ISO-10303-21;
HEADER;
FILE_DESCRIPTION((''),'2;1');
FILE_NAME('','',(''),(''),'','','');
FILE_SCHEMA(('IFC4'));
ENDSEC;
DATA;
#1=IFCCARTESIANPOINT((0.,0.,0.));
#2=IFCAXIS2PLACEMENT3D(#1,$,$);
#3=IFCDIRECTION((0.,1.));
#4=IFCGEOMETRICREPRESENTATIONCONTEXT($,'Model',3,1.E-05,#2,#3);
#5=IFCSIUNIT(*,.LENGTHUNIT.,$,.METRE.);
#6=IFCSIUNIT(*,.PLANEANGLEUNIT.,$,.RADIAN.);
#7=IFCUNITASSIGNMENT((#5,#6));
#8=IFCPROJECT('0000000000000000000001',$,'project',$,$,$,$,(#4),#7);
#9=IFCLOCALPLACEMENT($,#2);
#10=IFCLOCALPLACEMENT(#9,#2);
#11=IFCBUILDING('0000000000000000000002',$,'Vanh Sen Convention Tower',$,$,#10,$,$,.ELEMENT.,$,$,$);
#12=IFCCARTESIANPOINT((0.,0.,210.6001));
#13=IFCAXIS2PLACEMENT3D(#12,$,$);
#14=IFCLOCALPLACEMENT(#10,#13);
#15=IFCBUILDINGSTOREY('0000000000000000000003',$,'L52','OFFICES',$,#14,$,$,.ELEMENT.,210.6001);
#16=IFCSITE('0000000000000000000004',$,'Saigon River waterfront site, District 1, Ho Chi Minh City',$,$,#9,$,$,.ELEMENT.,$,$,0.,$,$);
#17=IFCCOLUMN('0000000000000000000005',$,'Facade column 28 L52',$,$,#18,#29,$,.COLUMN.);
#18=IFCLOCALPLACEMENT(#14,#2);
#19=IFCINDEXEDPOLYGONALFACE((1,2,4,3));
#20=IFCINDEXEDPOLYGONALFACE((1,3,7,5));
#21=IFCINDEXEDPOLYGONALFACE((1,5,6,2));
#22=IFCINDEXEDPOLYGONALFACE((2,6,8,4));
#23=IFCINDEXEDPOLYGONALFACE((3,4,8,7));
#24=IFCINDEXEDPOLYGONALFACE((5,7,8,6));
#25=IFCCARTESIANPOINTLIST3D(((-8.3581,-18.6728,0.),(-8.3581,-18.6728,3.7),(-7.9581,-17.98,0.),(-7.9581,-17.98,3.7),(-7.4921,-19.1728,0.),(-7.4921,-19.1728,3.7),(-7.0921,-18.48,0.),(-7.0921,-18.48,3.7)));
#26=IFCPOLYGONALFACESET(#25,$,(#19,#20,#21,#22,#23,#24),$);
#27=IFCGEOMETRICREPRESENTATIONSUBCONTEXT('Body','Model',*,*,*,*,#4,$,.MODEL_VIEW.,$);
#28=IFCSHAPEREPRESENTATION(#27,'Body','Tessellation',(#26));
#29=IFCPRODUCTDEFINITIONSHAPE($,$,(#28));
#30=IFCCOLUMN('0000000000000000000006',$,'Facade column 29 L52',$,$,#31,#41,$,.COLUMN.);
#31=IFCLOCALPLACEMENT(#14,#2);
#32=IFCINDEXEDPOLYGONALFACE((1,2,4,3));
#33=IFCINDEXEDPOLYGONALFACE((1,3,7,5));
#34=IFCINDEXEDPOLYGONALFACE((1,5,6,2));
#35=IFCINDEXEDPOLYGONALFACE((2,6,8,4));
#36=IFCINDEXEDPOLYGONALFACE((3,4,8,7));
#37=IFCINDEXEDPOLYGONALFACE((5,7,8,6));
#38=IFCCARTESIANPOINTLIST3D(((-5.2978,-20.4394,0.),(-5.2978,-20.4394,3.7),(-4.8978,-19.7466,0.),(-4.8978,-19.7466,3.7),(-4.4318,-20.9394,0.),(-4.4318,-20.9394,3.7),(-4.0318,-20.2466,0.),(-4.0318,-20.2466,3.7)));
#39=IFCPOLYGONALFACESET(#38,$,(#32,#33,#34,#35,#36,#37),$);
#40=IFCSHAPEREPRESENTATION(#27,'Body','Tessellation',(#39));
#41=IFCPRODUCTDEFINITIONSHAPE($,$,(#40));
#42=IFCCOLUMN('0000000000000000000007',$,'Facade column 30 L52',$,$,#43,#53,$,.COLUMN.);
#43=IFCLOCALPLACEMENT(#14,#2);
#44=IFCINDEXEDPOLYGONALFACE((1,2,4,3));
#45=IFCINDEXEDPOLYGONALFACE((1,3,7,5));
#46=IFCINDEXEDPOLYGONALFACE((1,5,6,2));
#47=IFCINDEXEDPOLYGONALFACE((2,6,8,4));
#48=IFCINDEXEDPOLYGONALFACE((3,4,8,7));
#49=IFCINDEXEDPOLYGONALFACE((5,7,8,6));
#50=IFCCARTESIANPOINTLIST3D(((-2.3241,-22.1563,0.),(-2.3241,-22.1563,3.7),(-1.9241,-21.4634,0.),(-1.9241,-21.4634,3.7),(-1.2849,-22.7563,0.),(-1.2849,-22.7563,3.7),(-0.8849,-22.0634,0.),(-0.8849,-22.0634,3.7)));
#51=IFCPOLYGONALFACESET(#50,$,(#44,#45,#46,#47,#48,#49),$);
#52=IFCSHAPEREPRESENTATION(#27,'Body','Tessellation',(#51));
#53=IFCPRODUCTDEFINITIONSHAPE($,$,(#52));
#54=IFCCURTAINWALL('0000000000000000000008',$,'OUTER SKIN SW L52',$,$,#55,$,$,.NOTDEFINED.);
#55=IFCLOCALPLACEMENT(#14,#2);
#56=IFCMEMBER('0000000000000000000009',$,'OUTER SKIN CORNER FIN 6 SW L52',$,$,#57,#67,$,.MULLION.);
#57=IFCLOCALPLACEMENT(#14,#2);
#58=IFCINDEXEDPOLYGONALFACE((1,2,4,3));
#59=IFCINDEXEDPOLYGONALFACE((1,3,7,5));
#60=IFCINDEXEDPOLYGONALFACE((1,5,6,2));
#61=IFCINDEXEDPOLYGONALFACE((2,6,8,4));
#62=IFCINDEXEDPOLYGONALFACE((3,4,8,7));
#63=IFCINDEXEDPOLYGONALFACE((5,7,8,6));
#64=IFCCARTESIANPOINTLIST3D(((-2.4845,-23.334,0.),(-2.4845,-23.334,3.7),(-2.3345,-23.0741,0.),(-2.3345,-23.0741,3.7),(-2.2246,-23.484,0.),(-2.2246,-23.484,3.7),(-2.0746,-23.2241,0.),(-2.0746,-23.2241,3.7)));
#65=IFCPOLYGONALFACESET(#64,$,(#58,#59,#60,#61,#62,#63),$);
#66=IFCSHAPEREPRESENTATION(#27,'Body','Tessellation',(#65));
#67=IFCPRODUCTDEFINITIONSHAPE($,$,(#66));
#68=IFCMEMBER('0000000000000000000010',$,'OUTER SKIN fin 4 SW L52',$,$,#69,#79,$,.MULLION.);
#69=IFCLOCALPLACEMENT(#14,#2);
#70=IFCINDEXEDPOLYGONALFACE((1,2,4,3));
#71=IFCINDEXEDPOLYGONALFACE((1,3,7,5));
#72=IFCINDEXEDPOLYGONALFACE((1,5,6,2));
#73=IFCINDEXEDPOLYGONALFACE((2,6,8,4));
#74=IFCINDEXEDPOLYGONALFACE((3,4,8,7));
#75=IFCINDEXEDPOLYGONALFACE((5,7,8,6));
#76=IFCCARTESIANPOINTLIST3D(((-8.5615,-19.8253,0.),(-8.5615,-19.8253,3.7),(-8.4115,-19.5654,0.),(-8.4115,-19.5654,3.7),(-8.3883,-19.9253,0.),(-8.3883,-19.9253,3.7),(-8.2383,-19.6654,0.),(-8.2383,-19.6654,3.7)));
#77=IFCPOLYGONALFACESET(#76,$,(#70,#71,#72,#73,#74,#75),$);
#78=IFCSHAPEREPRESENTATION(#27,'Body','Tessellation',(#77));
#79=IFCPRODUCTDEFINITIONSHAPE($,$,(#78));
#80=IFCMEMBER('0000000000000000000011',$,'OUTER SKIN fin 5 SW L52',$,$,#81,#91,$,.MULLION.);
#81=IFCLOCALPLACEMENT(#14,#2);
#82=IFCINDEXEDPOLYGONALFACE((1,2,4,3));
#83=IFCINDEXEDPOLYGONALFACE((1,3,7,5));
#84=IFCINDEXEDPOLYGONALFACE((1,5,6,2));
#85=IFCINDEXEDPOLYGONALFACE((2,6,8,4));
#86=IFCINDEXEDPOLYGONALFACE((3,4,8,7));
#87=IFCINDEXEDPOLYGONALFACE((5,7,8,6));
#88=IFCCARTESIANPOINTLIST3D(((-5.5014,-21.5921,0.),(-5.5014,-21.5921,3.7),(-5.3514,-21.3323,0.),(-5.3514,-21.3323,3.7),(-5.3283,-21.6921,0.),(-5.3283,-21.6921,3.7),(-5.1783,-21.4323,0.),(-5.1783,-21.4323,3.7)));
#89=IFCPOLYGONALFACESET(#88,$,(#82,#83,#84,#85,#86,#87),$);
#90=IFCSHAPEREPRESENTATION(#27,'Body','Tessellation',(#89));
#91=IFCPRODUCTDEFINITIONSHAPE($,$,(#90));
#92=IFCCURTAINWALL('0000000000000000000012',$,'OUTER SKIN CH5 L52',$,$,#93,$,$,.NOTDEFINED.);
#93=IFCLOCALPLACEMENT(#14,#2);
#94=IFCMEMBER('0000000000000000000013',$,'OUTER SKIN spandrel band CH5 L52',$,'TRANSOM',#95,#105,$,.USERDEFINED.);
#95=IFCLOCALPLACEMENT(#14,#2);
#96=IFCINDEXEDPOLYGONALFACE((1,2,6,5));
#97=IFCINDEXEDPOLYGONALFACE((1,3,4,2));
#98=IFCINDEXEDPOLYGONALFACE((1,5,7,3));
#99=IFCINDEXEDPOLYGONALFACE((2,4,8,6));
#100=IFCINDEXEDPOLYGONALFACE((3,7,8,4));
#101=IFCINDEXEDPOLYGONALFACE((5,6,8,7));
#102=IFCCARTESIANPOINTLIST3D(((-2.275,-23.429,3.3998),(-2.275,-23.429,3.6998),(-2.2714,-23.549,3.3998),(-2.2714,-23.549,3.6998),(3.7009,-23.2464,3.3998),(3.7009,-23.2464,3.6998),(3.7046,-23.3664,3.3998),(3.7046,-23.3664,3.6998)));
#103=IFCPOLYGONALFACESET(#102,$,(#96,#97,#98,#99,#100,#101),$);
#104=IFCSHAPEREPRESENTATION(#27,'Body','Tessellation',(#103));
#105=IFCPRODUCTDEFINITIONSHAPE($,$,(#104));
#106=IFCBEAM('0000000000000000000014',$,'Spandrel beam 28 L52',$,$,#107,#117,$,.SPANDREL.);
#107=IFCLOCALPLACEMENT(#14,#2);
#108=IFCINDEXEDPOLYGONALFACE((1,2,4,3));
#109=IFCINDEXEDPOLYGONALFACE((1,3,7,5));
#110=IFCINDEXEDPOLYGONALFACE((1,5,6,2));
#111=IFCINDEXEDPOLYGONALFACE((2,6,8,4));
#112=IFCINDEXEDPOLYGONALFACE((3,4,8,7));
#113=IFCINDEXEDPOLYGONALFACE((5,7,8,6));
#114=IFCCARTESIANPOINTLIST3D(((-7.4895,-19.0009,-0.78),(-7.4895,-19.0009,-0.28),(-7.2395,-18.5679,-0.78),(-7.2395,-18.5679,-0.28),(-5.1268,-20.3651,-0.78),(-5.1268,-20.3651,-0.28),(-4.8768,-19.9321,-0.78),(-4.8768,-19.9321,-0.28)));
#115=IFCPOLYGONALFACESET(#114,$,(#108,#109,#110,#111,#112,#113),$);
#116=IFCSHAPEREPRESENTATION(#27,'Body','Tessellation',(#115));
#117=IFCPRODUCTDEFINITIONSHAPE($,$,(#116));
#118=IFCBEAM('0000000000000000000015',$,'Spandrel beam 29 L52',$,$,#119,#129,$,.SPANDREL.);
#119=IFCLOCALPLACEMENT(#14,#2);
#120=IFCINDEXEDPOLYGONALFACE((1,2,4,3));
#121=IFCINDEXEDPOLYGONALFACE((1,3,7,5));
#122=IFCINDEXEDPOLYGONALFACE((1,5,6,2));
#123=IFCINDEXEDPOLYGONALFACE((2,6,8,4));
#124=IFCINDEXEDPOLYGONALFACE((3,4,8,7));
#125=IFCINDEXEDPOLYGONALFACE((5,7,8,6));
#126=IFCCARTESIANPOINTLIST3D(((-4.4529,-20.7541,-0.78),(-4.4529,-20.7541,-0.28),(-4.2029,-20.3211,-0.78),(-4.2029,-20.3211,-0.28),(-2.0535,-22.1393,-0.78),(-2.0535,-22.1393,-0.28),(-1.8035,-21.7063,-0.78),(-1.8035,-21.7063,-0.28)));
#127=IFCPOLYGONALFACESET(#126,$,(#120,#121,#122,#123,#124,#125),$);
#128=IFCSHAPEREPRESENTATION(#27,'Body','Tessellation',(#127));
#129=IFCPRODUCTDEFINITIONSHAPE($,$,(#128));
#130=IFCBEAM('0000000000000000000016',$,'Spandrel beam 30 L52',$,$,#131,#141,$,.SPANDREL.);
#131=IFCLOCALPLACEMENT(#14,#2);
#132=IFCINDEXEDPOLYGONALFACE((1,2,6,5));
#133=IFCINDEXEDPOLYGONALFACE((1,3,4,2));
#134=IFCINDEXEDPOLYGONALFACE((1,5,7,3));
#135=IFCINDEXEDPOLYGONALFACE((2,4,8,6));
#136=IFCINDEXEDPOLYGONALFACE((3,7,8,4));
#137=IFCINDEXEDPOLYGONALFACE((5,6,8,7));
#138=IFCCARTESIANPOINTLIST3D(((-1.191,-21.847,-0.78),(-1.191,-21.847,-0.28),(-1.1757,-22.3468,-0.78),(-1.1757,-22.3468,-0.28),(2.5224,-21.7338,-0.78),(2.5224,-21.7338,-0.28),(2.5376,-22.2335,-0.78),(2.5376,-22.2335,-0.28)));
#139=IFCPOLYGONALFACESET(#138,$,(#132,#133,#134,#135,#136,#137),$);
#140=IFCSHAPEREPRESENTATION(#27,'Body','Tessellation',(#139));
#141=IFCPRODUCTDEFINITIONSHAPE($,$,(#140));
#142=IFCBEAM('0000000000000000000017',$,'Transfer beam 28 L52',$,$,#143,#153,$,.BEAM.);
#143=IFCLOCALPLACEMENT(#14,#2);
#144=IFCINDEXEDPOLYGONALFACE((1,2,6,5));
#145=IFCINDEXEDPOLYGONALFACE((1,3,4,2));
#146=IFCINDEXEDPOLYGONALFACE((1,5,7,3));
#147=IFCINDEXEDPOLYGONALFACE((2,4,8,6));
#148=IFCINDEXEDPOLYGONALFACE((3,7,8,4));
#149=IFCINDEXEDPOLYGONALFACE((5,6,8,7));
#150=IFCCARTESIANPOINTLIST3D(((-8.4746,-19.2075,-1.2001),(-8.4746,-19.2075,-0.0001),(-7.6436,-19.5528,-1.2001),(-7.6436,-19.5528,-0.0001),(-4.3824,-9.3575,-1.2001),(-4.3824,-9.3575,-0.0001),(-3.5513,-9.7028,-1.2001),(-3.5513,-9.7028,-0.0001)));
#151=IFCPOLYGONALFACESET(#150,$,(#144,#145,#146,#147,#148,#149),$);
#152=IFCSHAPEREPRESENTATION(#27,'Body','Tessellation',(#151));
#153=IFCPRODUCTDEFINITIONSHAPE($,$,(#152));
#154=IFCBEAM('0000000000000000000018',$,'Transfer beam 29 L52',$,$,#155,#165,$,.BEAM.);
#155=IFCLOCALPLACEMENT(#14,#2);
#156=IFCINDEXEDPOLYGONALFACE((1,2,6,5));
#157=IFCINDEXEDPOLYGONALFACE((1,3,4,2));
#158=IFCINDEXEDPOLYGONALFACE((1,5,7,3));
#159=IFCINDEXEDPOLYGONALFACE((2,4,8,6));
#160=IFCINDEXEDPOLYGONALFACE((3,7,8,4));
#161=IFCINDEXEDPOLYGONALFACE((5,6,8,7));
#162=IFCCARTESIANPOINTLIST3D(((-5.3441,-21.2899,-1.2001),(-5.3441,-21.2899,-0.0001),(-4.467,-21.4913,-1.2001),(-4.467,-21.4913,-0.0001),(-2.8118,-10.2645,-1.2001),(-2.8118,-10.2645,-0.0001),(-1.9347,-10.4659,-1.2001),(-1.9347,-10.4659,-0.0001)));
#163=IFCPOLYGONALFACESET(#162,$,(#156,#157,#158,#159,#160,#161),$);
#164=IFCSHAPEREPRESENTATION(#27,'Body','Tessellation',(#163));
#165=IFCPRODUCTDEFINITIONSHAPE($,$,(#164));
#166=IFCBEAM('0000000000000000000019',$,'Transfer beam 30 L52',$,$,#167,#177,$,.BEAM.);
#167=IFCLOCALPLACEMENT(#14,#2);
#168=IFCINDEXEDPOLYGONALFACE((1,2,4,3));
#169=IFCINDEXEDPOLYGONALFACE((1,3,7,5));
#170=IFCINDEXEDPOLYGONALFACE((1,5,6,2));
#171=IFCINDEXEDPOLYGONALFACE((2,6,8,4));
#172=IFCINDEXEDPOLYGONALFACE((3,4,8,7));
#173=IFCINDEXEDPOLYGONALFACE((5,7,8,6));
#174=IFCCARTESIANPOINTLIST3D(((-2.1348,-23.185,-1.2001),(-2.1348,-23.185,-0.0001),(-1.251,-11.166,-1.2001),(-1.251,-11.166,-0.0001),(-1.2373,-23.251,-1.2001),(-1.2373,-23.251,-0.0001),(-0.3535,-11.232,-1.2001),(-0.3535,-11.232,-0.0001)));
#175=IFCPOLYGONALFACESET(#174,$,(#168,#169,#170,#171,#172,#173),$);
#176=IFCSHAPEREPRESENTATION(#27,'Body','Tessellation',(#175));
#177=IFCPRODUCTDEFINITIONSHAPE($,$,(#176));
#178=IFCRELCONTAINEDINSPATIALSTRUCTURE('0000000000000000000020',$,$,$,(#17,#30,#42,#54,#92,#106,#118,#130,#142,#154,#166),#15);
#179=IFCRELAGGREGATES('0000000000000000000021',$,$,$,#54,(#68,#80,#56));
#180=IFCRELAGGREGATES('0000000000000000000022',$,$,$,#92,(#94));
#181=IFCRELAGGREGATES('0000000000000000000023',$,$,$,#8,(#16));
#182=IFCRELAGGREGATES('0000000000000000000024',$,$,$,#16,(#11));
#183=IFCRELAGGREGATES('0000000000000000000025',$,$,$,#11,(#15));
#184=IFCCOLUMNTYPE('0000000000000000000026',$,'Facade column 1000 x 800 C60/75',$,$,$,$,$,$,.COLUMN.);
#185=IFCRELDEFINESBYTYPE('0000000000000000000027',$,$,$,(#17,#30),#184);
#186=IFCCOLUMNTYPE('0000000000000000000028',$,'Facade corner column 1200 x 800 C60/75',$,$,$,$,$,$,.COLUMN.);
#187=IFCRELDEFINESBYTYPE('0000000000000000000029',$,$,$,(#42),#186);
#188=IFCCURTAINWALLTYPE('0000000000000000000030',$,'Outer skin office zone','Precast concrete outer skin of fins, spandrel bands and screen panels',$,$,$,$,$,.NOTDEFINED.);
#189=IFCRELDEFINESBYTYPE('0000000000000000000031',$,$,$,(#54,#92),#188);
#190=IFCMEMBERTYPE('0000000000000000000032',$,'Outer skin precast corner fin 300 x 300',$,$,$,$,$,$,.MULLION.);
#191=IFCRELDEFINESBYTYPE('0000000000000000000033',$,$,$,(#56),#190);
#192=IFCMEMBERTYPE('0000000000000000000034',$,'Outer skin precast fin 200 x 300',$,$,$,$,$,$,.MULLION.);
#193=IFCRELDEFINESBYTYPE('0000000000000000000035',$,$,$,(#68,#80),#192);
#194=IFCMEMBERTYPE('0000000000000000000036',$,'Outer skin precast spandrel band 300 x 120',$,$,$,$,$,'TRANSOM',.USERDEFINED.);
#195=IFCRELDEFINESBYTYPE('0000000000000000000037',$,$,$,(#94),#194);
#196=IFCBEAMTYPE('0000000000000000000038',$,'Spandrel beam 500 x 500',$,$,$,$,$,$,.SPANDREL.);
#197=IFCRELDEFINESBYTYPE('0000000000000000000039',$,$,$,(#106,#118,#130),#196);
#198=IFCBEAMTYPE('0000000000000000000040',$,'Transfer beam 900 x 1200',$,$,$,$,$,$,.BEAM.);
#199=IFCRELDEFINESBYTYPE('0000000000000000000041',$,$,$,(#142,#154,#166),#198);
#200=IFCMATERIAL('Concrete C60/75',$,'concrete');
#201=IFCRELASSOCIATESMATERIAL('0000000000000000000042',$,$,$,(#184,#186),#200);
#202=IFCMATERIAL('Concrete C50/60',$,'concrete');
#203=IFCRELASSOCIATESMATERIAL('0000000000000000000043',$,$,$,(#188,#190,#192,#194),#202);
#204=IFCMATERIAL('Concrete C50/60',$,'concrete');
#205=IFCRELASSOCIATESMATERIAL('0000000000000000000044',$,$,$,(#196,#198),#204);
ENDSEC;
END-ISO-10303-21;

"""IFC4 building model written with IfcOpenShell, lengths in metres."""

from ifc_helpers import new_model, si_unit, direction, frame, origin, origin_2d, place, context, subcontext, project, spatial, rectangle, extrude, material, material_profile, profile_set, type_object, element, aggregate, save


model = new_model("IFC4")

# Units and contexts
model_context = context("Model", 3, precision=1e-05, world=origin(), true_north=direction((0.0, 1.0)))
body_context = subcontext(model_context, "Body", "Model", "MODEL_VIEW")
ifc_project = project(units=[si_unit("LENGTHUNIT", "METRE"), si_unit("PLANEANGLEUNIT", "RADIAN")], contexts=[model_context])

# Site, building, storey
site_placement = place(None, origin())
site = spatial("IfcSite", under=ifc_project, at=site_placement, Name="Saigon River waterfront site, District 1, Ho Chi Minh City", CompositionType="ELEMENT", RefElevation=0.0)
building_placement = place(site_placement, origin())
building = spatial("IfcBuilding", under=site, at=building_placement, Name="Vanh Sen Convention Tower", CompositionType="ELEMENT")
storey_placement = place(building_placement, frame((0.0, 0.0, 210.6001)))
storey = spatial("IfcBuildingStorey", under=building, at=storey_placement, Name="L52", Description="OFFICES", CompositionType="ELEMENT", Elevation=210.6001)

# Columns
ifc_material_1 = material(Name="Concrete C60/75", Category="concrete")
ifc_material_profile_1 = material_profile(ifc_material_1, rectangle(XDim=1.0, YDim=0.8, at=origin_2d()), Name="RC 1000X800")
ifc_profile_set_1 = profile_set([ifc_material_profile_1], Name="Concrete C60/75")
column_type_1 = type_object("IfcColumnType", Name="Facade column 1000 x 800 C60/75", PredefinedType="COLUMN", material=ifc_profile_set_1)
for number, where, z_axis, x_axis, name in (
    (1, (-7.7251, -18.5764, 0.0), (0.0, 0.0, 1.0), (0.866025, -0.5, 0.0), "Facade column 28 L52"),
    (2, (-4.6648, -20.343, 0.0), (0.0, 0.0, 1.0), (0.866025, -0.5, 0.0), "Facade column 29 L52"),
):
    element("IfcColumn", number, at=place(storey_placement, frame(where, z_axis=z_axis, x_axis=x_axis)), inside=storey, type_object=column_type_1, Name=name, PredefinedType="COLUMN", context=body_context, shape_type="SweptSolid", body=[
        extrude(rectangle(XDim=1.0, YDim=0.8, at=origin_2d()), origin(), (0.0, 0.0, 1.0), 3.7),
    ])
ifc_material_profile_2 = material_profile(ifc_material_1, rectangle(XDim=1.2, YDim=0.8, at=origin_2d()), Name="RC 1200X800")
ifc_profile_set_2 = profile_set([ifc_material_profile_2], Name="Concrete C60/75")
column_type_2 = type_object("IfcColumnType", Name="Facade corner column 1200 x 800 C60/75", PredefinedType="COLUMN", material=ifc_profile_set_2)
column_placement = place(storey_placement, frame((-1.6045, -22.1099, 0.0), z_axis=(0.0, 0.0, 1.0), x_axis=(0.866025, -0.5, 0.0)))
element("IfcColumn", 3, at=column_placement, inside=storey, type_object=column_type_2, Name="Facade column 30 L52", PredefinedType="COLUMN", context=body_context, shape_type="SweptSolid", body=[
    extrude(rectangle(XDim=1.2, YDim=0.8, at=origin_2d()), origin(), (0.0, 0.0, 1.0), 3.7),
])

# Curtain wall, members
ifc_material_2 = material(Name="Concrete C50/60", Category="concrete")
curtain_wall_type = type_object("IfcCurtainWallType", Name="Outer skin office zone", Description="Precast concrete outer skin of fins, spandrel bands and screen panels", PredefinedType="NOTDEFINED", material=ifc_material_2)
curtain_wall_1_placement = place(storey_placement, origin())
curtain_wall_1 = element("IfcCurtainWall", 4, at=curtain_wall_1_placement, inside=storey, type_object=curtain_wall_type, Name="OUTER SKIN SW L52", PredefinedType="NOTDEFINED")
ifc_material_profile_3 = material_profile(ifc_material_2, rectangle(XDim=0.3, YDim=0.3, at=origin_2d()), Name="Outer skin precast corner fin 300 x 300")
ifc_profile_set_3 = profile_set([ifc_material_profile_3], Name="Concrete C50/60")
member_type_1 = type_object("IfcMemberType", Name="Outer skin precast corner fin 300 x 300", PredefinedType="MULLION", material=ifc_profile_set_3)
member_1_placement = place(storey_placement, frame((-2.2795, -23.2791, 0.0), z_axis=(0.0, 0.0, 1.0), x_axis=(0.866025, -0.5, 0.0)))
member_1 = element("IfcMember", 5, at=member_1_placement, type_object=member_type_1, Name="OUTER SKIN CORNER FIN 6 SW L52", PredefinedType="MULLION", context=body_context, shape_type="SweptSolid", body=[
    extrude(rectangle(XDim=0.3, YDim=0.3, at=origin_2d()), origin(), (0.0, 0.0, 1.0), 3.7),
])
ifc_material_profile_4 = material_profile(ifc_material_2, rectangle(XDim=0.2, YDim=0.3, at=origin_2d()), Name="Outer skin precast fin 200 x 300")
ifc_profile_set_4 = profile_set([ifc_material_profile_4], Name="Concrete C50/60")
member_type_2 = type_object("IfcMemberType", Name="Outer skin precast fin 200 x 300", PredefinedType="MULLION", material=ifc_profile_set_4)
member_2_placement = place(storey_placement, frame((-8.3999, -19.7454, 0.0), z_axis=(0.0, 0.0, 1.0), x_axis=(0.866025, -0.5, 0.0)))
member_2 = element("IfcMember", 6, at=member_2_placement, type_object=member_type_2, Name="OUTER SKIN fin 4 SW L52", PredefinedType="MULLION", context=body_context, shape_type="SweptSolid", body=[
    extrude(rectangle(XDim=0.2, YDim=0.3, at=origin_2d()), origin(), (0.0, 0.0, 1.0), 3.7),
])
member_3_placement = place(storey_placement, frame((-5.3398, -21.5122, 0.0), z_axis=(0.0, 0.0, 1.0), x_axis=(0.866025, -0.5, 0.0)))
member_3 = element("IfcMember", 7, at=member_3_placement, type_object=member_type_2, Name="OUTER SKIN fin 5 SW L52", PredefinedType="MULLION", context=body_context, shape_type="SweptSolid", body=[
    extrude(rectangle(XDim=0.2, YDim=0.3, at=origin_2d()), origin(), (0.0, 0.0, 1.0), 3.7),
])

# Curtain wall, member
curtain_wall_2_placement = place(storey_placement, origin())
curtain_wall_2 = element("IfcCurtainWall", 8, at=curtain_wall_2_placement, inside=storey, type_object=curtain_wall_type, Name="OUTER SKIN CH5 L52", PredefinedType="NOTDEFINED")
ifc_material_profile_5 = material_profile(ifc_material_2, rectangle(XDim=0.1201, YDim=0.3, at=origin_2d()), Name="Outer skin precast spandrel band 300 x 120")
ifc_profile_set_5 = profile_set([ifc_material_profile_5], Name="Concrete C50/60")
member_type_3 = type_object("IfcMemberType", Name="Outer skin precast spandrel band 300 x 120", ElementType="TRANSOM", PredefinedType="USERDEFINED", material=ifc_profile_set_5)
member_4_placement = place(storey_placement, frame((-2.2732, -23.489, 3.5498), z_axis=(0.999533, 0.030544, 0.0), x_axis=(-0.030544, 0.999533, 0.0)))
member_4 = element("IfcMember", 9, at=member_4_placement, type_object=member_type_3, Name="OUTER SKIN spandrel band CH5 L52", ObjectType="TRANSOM", PredefinedType="USERDEFINED", context=body_context, shape_type="SweptSolid", body=[
    extrude(rectangle(XDim=0.1201, YDim=0.3, at=origin_2d()), origin(), (0.0, 0.0, 1.0), 5.9788),
])

# Beams
ifc_material_3 = material(Name="Concrete C50/60", Category="concrete")
ifc_material_profile_6 = material_profile(ifc_material_3, rectangle(XDim=0.5, YDim=0.5, at=origin_2d()), Name="RC 500X500")
ifc_profile_set_6 = profile_set([ifc_material_profile_6], Name="Concrete C50/60")
beam_type_1 = type_object("IfcBeamType", Name="Spandrel beam 500 x 500", PredefinedType="SPANDREL", material=ifc_profile_set_6)
beam_1_placement = place(storey_placement, frame((-7.3645, -18.7844, -0.53), z_axis=(0.86601, -0.500027, 0.0), x_axis=(0.500027, 0.86601, 0.0)))
element("IfcBeam", 10, at=beam_1_placement, inside=storey, type_object=beam_type_1, Name="Spandrel beam 28 L52", PredefinedType="SPANDREL", context=body_context, shape_type="SweptSolid", body=[
    extrude(rectangle(XDim=0.5, YDim=0.5, at=origin_2d()), origin(), (0.0, 0.0, 1.0), 2.7283),
])
beam_2_placement = place(storey_placement, frame((-4.3279, -20.5376, -0.53), z_axis=(0.866033, -0.499987, 0.0), x_axis=(0.499987, 0.866033, 0.0)))
element("IfcBeam", 11, at=beam_2_placement, inside=storey, type_object=beam_type_1, Name="Spandrel beam 29 L52", PredefinedType="SPANDREL", context=body_context, shape_type="SweptSolid", body=[
    extrude(rectangle(XDim=0.5, YDim=0.5, at=origin_2d()), origin(), (0.0, 0.0, 1.0), 2.7705),
])
beam_3_placement = place(storey_placement, frame((-1.1833, -22.0969, -0.53), z_axis=(0.999535, 0.030492, 0.0), x_axis=(-0.030492, 0.999535, 0.0)))
element("IfcBeam", 12, at=beam_3_placement, inside=storey, type_object=beam_type_1, Name="Spandrel beam 30 L52", PredefinedType="SPANDREL", context=body_context, shape_type="SweptSolid", body=[
    extrude(rectangle(XDim=0.5, YDim=0.5, at=origin_2d()), origin(), (0.0, 0.0, 1.0), 3.7151),
])
ifc_material_profile_7 = material_profile(ifc_material_3, rectangle(XDim=0.8999, YDim=1.2, at=origin_2d()), Name="RC 900X1200")
ifc_profile_set_7 = profile_set([ifc_material_profile_7], Name="Concrete C50/60")
beam_type_2 = type_object("IfcBeamType", Name="Transfer beam 900 x 1200", PredefinedType="BEAM", material=ifc_profile_set_7)
beam_4_placement = place(storey_placement, frame((-8.0591, -19.3801, -0.6001), z_axis=(0.383663, 0.923473, 0.0), x_axis=(-0.923473, 0.383663, 0.0)))
element("IfcBeam", 13, at=beam_4_placement, inside=storey, type_object=beam_type_2, Name="Transfer beam 28 L52", PredefinedType="BEAM", context=body_context, shape_type="SweptSolid", body=[
    extrude(rectangle(XDim=0.8999, YDim=1.2, at=origin_2d()), origin(), (0.0, 0.0, 1.0), 10.6663),
])
beam_5_placement = place(storey_placement, frame((-4.9055, -21.3906, -0.6001), z_axis=(0.223844, 0.974625, 0.0), x_axis=(-0.974625, 0.223844, 0.0)))
element("IfcBeam", 14, at=beam_5_placement, inside=storey, type_object=beam_type_2, Name="Transfer beam 29 L52", PredefinedType="BEAM", context=body_context, shape_type="SweptSolid", body=[
    extrude(rectangle(XDim=0.8999, YDim=1.2, at=origin_2d()), origin(), (0.0, 0.0, 1.0), 11.3125),
])
beam_6_placement = place(storey_placement, frame((-1.686, -23.218, -0.6001), z_axis=(0.073334, 0.997307, 0.0), x_axis=(-0.997307, 0.073334, 0.0)))
element("IfcBeam", 15, at=beam_6_placement, inside=storey, type_object=beam_type_2, Name="Transfer beam 30 L52", PredefinedType="BEAM", context=body_context, shape_type="SweptSolid", body=[
    extrude(rectangle(XDim=0.8999, YDim=1.2, at=origin_2d()), origin(), (0.0, 0.0, 1.0), 12.0515),
])

aggregate(curtain_wall_1, [member_2, member_3, member_1])
aggregate(curtain_wall_2, [member_4])

save(model, "model.ifc")
